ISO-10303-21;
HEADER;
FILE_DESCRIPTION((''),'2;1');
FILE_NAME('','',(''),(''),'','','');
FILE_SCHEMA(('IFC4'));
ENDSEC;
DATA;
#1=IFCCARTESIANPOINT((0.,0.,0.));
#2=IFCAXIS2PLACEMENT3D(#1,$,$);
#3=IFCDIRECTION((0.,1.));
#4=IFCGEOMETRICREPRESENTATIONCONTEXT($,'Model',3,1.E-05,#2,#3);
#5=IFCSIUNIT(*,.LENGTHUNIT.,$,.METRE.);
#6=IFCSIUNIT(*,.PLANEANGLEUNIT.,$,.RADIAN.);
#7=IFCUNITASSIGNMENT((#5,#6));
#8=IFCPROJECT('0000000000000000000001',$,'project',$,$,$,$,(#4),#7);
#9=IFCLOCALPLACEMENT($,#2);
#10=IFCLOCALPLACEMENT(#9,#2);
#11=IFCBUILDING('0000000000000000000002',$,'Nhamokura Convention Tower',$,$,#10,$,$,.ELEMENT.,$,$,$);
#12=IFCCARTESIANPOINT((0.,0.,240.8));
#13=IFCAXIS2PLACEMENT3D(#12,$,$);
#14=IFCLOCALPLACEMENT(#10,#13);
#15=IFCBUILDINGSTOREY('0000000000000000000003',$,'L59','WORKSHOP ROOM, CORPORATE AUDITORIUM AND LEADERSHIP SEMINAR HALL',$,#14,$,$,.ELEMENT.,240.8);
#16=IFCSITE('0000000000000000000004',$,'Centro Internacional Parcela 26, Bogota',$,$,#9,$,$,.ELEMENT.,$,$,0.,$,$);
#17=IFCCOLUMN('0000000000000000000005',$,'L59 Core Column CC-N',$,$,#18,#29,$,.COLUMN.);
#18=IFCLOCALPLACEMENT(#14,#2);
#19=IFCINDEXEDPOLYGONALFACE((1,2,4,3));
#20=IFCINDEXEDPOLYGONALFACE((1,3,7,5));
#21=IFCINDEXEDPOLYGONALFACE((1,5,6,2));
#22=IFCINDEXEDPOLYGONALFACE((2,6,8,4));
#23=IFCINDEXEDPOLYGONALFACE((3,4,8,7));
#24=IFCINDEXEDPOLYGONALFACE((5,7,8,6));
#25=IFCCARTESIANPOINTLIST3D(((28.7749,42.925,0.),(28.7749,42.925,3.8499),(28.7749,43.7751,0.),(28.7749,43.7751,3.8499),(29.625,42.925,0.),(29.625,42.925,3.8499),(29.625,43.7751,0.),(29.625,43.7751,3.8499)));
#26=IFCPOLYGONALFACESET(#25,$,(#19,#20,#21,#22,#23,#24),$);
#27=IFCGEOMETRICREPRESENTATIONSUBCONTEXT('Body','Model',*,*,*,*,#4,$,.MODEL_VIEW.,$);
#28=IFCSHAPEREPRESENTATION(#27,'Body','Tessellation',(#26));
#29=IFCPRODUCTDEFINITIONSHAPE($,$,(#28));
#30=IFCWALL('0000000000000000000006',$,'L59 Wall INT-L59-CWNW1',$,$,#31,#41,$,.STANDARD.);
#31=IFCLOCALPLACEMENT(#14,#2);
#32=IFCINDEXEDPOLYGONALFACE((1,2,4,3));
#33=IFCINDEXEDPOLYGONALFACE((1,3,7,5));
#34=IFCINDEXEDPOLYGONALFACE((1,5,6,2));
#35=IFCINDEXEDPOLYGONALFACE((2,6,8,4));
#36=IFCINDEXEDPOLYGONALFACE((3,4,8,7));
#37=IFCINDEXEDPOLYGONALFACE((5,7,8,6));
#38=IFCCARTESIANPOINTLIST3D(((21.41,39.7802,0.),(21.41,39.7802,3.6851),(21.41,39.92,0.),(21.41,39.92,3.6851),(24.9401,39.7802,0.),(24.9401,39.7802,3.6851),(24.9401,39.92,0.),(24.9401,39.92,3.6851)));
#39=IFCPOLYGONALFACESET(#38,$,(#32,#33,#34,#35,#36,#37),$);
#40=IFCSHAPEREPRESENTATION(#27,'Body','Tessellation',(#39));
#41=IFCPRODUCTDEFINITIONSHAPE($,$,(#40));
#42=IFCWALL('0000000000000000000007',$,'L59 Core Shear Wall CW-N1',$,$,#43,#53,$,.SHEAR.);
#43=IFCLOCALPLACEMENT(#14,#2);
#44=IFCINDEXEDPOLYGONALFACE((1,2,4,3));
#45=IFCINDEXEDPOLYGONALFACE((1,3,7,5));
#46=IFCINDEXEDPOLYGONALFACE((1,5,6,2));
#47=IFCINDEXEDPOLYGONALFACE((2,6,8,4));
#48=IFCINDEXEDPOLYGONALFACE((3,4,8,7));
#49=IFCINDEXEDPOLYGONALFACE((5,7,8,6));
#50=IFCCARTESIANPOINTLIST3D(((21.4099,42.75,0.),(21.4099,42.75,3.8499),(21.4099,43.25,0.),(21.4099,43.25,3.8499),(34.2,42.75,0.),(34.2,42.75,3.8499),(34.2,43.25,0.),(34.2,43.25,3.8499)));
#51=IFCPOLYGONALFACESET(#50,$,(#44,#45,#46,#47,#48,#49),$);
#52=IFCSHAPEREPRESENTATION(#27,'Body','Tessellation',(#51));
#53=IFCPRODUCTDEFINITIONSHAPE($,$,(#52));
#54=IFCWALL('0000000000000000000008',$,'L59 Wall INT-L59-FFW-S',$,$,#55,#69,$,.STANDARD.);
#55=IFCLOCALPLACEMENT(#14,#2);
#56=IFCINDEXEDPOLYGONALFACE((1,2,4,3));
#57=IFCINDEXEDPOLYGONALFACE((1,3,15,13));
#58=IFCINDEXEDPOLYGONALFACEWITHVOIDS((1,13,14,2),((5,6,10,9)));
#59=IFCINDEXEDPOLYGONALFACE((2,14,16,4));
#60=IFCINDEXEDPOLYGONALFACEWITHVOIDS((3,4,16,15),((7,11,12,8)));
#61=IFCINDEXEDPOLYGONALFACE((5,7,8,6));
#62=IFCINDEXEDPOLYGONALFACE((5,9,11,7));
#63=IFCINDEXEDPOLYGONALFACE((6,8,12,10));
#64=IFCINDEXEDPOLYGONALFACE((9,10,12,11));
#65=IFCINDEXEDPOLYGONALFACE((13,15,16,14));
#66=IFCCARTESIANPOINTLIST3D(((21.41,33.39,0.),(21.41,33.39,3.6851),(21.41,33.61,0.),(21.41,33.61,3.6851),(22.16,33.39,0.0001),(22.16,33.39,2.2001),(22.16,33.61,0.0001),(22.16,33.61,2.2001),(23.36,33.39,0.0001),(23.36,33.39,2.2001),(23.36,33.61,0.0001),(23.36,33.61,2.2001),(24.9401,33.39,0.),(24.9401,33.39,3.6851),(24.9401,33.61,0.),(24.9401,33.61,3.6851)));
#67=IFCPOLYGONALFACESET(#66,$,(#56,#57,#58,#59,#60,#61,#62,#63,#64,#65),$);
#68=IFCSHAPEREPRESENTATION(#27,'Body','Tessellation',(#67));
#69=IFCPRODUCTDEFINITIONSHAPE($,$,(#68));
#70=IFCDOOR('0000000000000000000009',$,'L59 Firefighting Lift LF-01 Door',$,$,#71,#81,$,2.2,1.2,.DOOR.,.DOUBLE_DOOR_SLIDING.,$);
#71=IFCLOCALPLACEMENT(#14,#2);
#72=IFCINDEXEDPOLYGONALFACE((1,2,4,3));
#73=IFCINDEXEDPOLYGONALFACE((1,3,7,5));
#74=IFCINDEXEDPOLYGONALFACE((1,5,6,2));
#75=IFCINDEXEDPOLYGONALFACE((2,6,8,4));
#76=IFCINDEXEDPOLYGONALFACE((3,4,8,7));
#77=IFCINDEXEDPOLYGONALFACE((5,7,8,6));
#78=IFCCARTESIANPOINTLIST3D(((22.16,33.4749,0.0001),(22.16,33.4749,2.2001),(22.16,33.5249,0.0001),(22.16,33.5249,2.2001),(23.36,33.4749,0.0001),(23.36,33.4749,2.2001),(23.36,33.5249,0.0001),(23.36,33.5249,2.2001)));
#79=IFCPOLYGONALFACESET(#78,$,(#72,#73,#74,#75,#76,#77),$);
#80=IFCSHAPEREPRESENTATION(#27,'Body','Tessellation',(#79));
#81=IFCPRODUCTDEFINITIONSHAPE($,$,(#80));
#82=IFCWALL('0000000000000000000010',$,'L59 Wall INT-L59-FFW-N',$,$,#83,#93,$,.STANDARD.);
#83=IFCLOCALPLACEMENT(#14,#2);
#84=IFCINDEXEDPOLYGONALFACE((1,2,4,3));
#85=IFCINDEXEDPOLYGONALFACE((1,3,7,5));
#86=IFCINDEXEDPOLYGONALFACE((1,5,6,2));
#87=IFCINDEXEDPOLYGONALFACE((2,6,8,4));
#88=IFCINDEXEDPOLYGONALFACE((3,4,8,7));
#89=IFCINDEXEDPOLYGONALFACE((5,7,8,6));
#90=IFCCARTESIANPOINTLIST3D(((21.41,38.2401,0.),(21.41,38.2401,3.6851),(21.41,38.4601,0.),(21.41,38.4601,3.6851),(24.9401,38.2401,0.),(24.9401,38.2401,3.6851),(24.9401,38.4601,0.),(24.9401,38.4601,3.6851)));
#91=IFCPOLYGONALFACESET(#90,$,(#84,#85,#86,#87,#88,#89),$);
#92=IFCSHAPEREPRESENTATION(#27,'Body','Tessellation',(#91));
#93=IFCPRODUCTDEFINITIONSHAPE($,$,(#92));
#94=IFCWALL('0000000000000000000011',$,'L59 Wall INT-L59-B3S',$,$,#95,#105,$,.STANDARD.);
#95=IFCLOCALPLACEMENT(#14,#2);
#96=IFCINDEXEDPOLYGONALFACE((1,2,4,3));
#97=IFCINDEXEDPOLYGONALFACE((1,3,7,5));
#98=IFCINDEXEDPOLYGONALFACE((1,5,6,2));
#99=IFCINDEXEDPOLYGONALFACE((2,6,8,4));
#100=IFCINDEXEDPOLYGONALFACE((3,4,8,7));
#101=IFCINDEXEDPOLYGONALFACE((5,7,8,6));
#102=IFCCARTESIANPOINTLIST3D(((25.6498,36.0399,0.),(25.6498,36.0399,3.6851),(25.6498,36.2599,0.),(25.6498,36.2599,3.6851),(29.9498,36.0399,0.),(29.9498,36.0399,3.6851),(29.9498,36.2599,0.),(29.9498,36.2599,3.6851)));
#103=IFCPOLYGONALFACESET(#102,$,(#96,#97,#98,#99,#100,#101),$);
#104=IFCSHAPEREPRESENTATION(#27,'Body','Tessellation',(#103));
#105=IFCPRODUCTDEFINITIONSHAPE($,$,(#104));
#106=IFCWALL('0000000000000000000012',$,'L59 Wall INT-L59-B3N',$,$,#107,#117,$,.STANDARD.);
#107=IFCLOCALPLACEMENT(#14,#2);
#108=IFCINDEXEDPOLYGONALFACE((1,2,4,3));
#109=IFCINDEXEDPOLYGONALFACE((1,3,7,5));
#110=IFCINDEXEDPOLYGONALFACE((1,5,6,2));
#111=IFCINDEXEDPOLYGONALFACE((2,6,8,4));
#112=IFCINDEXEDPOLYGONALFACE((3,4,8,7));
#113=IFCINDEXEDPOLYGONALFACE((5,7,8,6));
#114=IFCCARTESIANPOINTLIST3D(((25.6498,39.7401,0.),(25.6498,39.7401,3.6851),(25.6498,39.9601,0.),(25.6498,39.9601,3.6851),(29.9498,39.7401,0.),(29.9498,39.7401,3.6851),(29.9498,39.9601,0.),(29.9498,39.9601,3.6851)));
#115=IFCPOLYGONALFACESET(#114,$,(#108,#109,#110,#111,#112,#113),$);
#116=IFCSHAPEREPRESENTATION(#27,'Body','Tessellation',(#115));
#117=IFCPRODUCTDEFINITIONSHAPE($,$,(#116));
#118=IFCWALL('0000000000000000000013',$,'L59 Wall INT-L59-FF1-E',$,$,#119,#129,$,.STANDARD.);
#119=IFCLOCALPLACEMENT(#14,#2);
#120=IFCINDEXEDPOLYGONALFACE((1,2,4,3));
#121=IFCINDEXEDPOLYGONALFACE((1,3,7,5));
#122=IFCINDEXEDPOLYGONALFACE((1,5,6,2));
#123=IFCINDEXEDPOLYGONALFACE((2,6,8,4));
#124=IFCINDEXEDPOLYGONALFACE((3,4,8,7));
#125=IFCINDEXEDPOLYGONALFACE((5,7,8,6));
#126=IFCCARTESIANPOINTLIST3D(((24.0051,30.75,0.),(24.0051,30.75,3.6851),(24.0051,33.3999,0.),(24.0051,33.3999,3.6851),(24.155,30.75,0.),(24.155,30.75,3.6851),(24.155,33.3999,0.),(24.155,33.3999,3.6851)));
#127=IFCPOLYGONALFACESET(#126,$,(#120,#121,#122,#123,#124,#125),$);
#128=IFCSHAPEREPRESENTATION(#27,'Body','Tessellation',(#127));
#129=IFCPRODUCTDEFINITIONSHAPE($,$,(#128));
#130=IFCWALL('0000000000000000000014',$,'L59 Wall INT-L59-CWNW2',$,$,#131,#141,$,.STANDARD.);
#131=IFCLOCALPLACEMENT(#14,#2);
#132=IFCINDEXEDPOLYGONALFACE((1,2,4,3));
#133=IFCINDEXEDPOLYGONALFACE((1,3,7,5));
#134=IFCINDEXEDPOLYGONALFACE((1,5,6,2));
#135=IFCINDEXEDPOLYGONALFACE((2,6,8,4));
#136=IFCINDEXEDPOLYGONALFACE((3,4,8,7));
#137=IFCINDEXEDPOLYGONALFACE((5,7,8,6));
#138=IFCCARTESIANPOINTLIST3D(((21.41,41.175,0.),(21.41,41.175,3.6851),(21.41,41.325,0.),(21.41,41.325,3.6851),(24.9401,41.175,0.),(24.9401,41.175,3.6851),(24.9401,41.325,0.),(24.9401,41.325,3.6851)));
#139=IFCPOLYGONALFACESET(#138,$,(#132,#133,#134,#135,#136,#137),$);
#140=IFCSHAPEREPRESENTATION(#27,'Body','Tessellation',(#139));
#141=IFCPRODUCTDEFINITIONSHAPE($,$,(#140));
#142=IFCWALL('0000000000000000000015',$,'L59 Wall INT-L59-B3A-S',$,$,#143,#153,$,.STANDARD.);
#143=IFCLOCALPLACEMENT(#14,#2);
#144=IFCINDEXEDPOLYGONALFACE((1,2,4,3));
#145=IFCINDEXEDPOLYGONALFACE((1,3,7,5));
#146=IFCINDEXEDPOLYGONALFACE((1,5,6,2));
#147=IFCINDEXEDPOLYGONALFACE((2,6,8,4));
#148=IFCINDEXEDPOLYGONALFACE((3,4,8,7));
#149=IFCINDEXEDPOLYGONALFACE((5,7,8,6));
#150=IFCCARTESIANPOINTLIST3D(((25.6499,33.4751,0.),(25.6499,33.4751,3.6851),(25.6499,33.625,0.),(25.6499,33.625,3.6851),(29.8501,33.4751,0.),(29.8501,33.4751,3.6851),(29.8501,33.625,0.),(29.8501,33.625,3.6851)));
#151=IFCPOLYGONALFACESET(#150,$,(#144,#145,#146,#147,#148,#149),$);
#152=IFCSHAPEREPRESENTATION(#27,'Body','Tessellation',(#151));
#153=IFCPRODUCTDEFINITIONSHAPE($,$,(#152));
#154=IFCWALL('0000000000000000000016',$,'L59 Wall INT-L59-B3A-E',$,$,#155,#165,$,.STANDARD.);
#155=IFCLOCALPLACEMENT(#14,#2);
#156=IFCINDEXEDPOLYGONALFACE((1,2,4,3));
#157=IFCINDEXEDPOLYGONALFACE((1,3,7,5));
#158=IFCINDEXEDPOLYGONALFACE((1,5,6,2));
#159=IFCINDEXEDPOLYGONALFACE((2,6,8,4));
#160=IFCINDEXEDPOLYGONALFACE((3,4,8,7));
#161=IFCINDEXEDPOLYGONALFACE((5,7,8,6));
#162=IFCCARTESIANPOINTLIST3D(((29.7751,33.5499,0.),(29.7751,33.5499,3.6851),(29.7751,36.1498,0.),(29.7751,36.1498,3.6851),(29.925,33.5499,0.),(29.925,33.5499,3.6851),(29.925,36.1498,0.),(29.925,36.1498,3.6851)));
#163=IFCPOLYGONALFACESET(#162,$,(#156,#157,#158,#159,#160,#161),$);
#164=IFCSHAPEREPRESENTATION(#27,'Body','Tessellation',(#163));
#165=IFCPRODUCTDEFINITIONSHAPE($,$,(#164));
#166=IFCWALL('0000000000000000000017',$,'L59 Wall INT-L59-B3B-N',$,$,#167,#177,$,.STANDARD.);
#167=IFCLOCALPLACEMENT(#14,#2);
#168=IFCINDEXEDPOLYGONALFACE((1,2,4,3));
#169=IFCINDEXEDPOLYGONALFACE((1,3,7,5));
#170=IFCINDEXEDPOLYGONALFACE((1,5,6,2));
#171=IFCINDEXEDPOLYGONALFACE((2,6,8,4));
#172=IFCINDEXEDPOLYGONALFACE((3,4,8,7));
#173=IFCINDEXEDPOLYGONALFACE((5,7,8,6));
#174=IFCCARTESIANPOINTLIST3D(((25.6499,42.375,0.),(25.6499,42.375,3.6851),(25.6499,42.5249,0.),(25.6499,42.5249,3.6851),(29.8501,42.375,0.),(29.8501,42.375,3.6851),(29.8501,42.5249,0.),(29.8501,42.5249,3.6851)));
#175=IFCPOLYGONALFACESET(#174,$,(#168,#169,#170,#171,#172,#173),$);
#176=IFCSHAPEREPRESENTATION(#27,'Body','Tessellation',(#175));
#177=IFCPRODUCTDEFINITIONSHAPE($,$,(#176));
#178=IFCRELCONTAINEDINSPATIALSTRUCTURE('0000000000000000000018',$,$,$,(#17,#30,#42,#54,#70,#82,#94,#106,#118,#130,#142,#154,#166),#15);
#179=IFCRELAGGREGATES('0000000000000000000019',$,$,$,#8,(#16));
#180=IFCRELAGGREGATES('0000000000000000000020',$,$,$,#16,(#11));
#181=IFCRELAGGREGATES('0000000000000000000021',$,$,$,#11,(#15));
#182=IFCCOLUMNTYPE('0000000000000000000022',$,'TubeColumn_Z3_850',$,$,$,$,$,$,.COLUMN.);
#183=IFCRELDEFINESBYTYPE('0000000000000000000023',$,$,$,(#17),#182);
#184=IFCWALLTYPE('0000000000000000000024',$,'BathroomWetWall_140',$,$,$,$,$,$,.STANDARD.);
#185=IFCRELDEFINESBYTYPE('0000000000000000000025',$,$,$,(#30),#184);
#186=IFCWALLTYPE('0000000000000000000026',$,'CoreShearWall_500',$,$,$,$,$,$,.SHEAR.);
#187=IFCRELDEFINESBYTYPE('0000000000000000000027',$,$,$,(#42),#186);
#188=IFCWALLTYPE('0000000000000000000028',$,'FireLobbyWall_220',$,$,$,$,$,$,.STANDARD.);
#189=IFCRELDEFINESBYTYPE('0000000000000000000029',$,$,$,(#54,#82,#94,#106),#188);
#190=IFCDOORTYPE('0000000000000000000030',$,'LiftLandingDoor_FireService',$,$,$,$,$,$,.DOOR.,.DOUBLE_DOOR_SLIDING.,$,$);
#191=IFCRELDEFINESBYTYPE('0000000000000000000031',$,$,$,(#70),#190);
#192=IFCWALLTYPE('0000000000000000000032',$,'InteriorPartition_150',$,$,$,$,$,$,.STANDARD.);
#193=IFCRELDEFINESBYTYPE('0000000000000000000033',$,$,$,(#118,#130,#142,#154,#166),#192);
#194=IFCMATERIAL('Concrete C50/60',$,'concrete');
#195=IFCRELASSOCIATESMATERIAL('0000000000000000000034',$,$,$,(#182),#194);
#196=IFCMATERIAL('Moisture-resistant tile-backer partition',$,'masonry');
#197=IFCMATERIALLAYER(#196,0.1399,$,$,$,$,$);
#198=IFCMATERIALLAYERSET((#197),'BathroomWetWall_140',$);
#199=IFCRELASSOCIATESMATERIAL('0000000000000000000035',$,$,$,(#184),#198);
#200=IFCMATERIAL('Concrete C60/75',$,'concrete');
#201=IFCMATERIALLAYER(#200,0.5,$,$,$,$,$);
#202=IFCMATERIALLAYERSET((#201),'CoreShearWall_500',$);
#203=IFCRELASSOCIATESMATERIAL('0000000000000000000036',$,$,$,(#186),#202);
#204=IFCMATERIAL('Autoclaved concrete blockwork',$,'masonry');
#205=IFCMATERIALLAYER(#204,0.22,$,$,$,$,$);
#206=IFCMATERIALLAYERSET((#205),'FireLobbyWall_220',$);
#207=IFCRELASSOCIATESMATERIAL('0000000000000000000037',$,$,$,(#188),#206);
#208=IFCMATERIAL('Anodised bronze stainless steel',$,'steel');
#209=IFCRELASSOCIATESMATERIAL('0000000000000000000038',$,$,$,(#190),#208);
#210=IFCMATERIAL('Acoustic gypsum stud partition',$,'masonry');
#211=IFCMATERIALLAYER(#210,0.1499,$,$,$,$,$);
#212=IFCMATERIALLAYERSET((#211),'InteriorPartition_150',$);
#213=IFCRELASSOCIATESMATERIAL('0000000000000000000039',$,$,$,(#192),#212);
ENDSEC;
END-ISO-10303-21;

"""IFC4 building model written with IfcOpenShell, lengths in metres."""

from ifc_helpers import new_model, si_unit, direction, frame, frame_2d, origin, origin_2d, place, context, subcontext, project, spatial, rectangle, extrude, material, layer, layer_set, material_profile, profile_set, type_object, element, fill, save


model = new_model("IFC4")

# Units and contexts
model_context = context("Model", 3, precision=1e-05, world=origin(), true_north=direction((0.0, 1.0)))
body_context = subcontext(model_context, "Body", "Model", "MODEL_VIEW")
ifc_project = project(units=[si_unit("LENGTHUNIT", "METRE"), si_unit("PLANEANGLEUNIT", "RADIAN")], contexts=[model_context])

# Site, building, storey
site_placement = place(None, origin())
site = spatial("IfcSite", under=ifc_project, at=site_placement, Name="Centro Internacional Parcela 26, Bogota", CompositionType="ELEMENT", RefElevation=0.0)
building_placement = place(site_placement, origin())
building = spatial("IfcBuilding", under=site, at=building_placement, Name="Nhamokura Convention Tower", CompositionType="ELEMENT")
storey_placement = place(building_placement, frame((0.0, 0.0, 240.8)))
storey = spatial("IfcBuildingStorey", under=building, at=storey_placement, Name="L59", Description="WORKSHOP ROOM, CORPORATE AUDITORIUM AND LEADERSHIP SEMINAR HALL", CompositionType="ELEMENT", Elevation=240.8)

# Column
ifc_material_1 = material(Name="Concrete C50/60", Category="concrete")
ifc_material_profile = material_profile(ifc_material_1, rectangle(XDim=0.8501, YDim=0.8501, at=origin_2d()))
ifc_profile_set = profile_set([ifc_material_profile], Name="Concrete C50/60")
column_type = type_object("IfcColumnType", Name="TubeColumn_Z3_850", PredefinedType="COLUMN", material=ifc_profile_set)
column_placement = place(storey_placement, frame((29.2, 43.3501, 0.0), z_axis=(0.0, 0.0, 1.0), x_axis=(1.0, 0.0, 0.0)))
element("IfcColumn", 1, at=column_placement, inside=storey, type_object=column_type, Name="L59 Core Column CC-N", PredefinedType="COLUMN", context=body_context, shape_type="SweptSolid", body=[
    extrude(rectangle(XDim=0.8501, YDim=0.8501, at=origin_2d()), origin(), (0.0, 0.0, 1.0), 3.8499),
])

# Walls
ifc_material_2 = material(Name="Moisture-resistant tile-backer partition", Category="masonry")
ifc_layer_1 = layer(ifc_material_2, 0.1399)
ifc_layer_set_1 = layer_set([ifc_layer_1], Name="BathroomWetWall_140")
wall_type_1 = type_object("IfcWallType", Name="BathroomWetWall_140", PredefinedType="STANDARD", material=ifc_layer_set_1)
wall_1_placement = place(storey_placement, frame((21.4099, 39.8501, 0.0), z_axis=(0.0, 0.0, 1.0), x_axis=(1.0, 0.0, 0.0)))
element("IfcWall", 2, at=wall_1_placement, inside=storey, type_object=wall_type_1, Name="L59 Wall INT-L59-CWNW1", PredefinedType="STANDARD", context=body_context, shape_type="SweptSolid", body=[
    extrude(rectangle(XDim=3.53, YDim=0.1399, at=frame_2d((1.7651, 0.0))), origin(), (0.0, 0.0, 1.0), 3.6851),
])
ifc_material_3 = material(Name="Concrete C60/75", Category="concrete")
ifc_layer_2 = layer(ifc_material_3, 0.5)
ifc_layer_set_2 = layer_set([ifc_layer_2], Name="CoreShearWall_500")
wall_type_2 = type_object("IfcWallType", Name="CoreShearWall_500", PredefinedType="SHEAR", material=ifc_layer_set_2)
wall_2_placement = place(storey_placement, frame((21.4099, 43.0, 0.0), z_axis=(0.0, 0.0, 1.0), x_axis=(1.0, 0.0, 0.0)))
element("IfcWall", 3, at=wall_2_placement, inside=storey, type_object=wall_type_2, Name="L59 Core Shear Wall CW-N1", PredefinedType="SHEAR", context=body_context, shape_type="SweptSolid", body=[
    extrude(rectangle(XDim=12.79, YDim=0.5, at=frame_2d((6.395, 0.0))), origin(), (0.0, 0.0, 1.0), 3.8499),
])

# Wall, opening, door
ifc_material_4 = material(Name="Autoclaved concrete blockwork", Category="masonry")
ifc_layer_3 = layer(ifc_material_4, 0.22)
ifc_layer_set_3 = layer_set([ifc_layer_3], Name="FireLobbyWall_220")
wall_type_3 = type_object("IfcWallType", Name="FireLobbyWall_220", PredefinedType="STANDARD", material=ifc_layer_set_3)
wall_3_placement = place(storey_placement, frame((21.4099, 33.5, 0.0), z_axis=(0.0, 0.0, 1.0), x_axis=(1.0, 0.0, 0.0)))
wall_3 = element("IfcWall", 4, at=wall_3_placement, inside=storey, type_object=wall_type_3, Name="L59 Wall INT-L59-FFW-S", PredefinedType="STANDARD", context=body_context, shape_type="SweptSolid", body=[
    extrude(rectangle(XDim=3.53, YDim=0.22, at=frame_2d((1.7651, 0.0))), origin(), (0.0, 0.0, 1.0), 3.6851),
])
opening_1_placement = place(wall_3_placement, frame((0.75, 0.0, 0.0)))
opening_1 = element("IfcOpeningElement", 5, at=opening_1_placement, cuts=wall_3, PredefinedType="OPENING", context=body_context, shape_type="SweptSolid", body=[
    extrude(rectangle(XDim=1.2, YDim=2.2, at=frame_2d((0.6001, 1.1001))), frame((0.0, 0.1199, 0.0), z_axis=(0.0, -1.0, 0.0), x_axis=(1.0, 0.0, 0.0)), (0.0, 0.0, 1.0), 0.24),
])
ifc_material_5 = material(Name="Anodised bronze stainless steel", Category="steel")
door_type_1 = type_object("IfcDoorType", Name="LiftLandingDoor_FireService", OperationType="DOUBLE_DOOR_SLIDING", PredefinedType="DOOR", material=ifc_material_5)
door_1_placement = place(opening_1_placement, origin())
door_1 = element("IfcDoor", 6, at=door_1_placement, inside=storey, type_object=door_type_1, Name="L59 Firefighting Lift LF-01 Door", OperationType="DOUBLE_DOOR_SLIDING", OverallHeight=2.2, OverallWidth=1.2, PredefinedType="DOOR", context=body_context, shape_type="SweptSolid", body=[
    extrude(rectangle(XDim=1.2, YDim=2.2, at=frame_2d((0.6001, 1.1001))), frame((0.0, 0.0249, 0.0), z_axis=(0.0, -1.0, 0.0), x_axis=(1.0, 0.0, 0.0)), (0.0, 0.0, 1.0), 0.05),
])
fill(opening_1, door_1)

# Walls
wall_4_placement = place(storey_placement, frame((21.4099, 38.3501, 0.0), z_axis=(0.0, 0.0, 1.0), x_axis=(1.0, 0.0, 0.0)))
element("IfcWall", 7, at=wall_4_placement, inside=storey, type_object=wall_type_3, Name="L59 Wall INT-L59-FFW-N", PredefinedType="STANDARD", context=body_context, shape_type="SweptSolid", body=[
    extrude(rectangle(XDim=3.53, YDim=0.22, at=frame_2d((1.7651, 0.0))), origin(), (0.0, 0.0, 1.0), 3.6851),
])
for number, where, z_axis, x_axis, name in (
    (8, (25.6499, 36.1499, 0.0), (0.0, 0.0, 1.0), (1.0, 0.0, 0.0), "L59 Wall INT-L59-B3S"),
    (9, (25.6499, 39.8501, 0.0), (0.0, 0.0, 1.0), (1.0, 0.0, 0.0), "L59 Wall INT-L59-B3N"),
):
    element("IfcWall", number, at=place(storey_placement, frame(where, z_axis=z_axis, x_axis=x_axis)), inside=storey, type_object=wall_type_3, Name=name, PredefinedType="STANDARD", context=body_context, shape_type="SweptSolid", body=[
        extrude(rectangle(XDim=4.3, YDim=0.22, at=frame_2d((2.1499, 0.0))), origin(), (0.0, 0.0, 1.0), 3.6851),
    ])
ifc_material_6 = material(Name="Acoustic gypsum stud partition", Category="masonry")
ifc_layer_4 = layer(ifc_material_6, 0.1499)
ifc_layer_set_4 = layer_set([ifc_layer_4], Name="InteriorPartition_150")
wall_type_4 = type_object("IfcWallType", Name="InteriorPartition_150", PredefinedType="STANDARD", material=ifc_layer_set_4)
wall_5_placement = place(storey_placement, frame((24.0801, 30.75, 0.0), z_axis=(0.0, 0.0, 1.0), x_axis=(0.0, 1.0, 0.0)))
element("IfcWall", 10, at=wall_5_placement, inside=storey, type_object=wall_type_4, Name="L59 Wall INT-L59-FF1-E", PredefinedType="STANDARD", context=body_context, shape_type="SweptSolid", body=[
    extrude(rectangle(XDim=2.6499, YDim=0.1499, at=frame_2d((1.325, 0.0))), origin(), (0.0, 0.0, 1.0), 3.6851),
])
wall_6_placement = place(storey_placement, frame((21.4099, 41.25, 0.0), z_axis=(0.0, 0.0, 1.0), x_axis=(1.0, 0.0, 0.0)))
element("IfcWall", 11, at=wall_6_placement, inside=storey, type_object=wall_type_4, Name="L59 Wall INT-L59-CWNW2", PredefinedType="STANDARD", context=body_context, shape_type="SweptSolid", body=[
    extrude(rectangle(XDim=3.53, YDim=0.1499, at=frame_2d((1.7651, 0.0))), origin(), (0.0, 0.0, 1.0), 3.6851),
])
wall_7_placement = place(storey_placement, frame((25.6499, 33.55, 0.0), z_axis=(0.0, 0.0, 1.0), x_axis=(1.0, 0.0, 0.0)))
element("IfcWall", 12, at=wall_7_placement, inside=storey, type_object=wall_type_4, Name="L59 Wall INT-L59-B3A-S", PredefinedType="STANDARD", context=body_context, shape_type="SweptSolid", body=[
    extrude(rectangle(XDim=4.2002, YDim=0.1499, at=frame_2d((2.1001, 0.0))), origin(), (0.0, 0.0, 1.0), 3.6851),
])
wall_8_placement = place(storey_placement, frame((29.8501, 33.55, 0.0), z_axis=(0.0, 0.0, 1.0), x_axis=(0.0, 1.0, 0.0)))
element("IfcWall", 13, at=wall_8_placement, inside=storey, type_object=wall_type_4, Name="L59 Wall INT-L59-B3A-E", PredefinedType="STANDARD", context=body_context, shape_type="SweptSolid", body=[
    extrude(rectangle(XDim=2.5999, YDim=0.1499, at=frame_2d((1.2998, 0.0))), origin(), (0.0, 0.0, 1.0), 3.6851),
])
wall_9_placement = place(storey_placement, frame((25.6499, 42.45, 0.0), z_axis=(0.0, 0.0, 1.0), x_axis=(1.0, 0.0, 0.0)))
element("IfcWall", 14, at=wall_9_placement, inside=storey, type_object=wall_type_4, Name="L59 Wall INT-L59-B3B-N", PredefinedType="STANDARD", context=body_context, shape_type="SweptSolid", body=[
    extrude(rectangle(XDim=4.2002, YDim=0.1499, at=frame_2d((2.1001, 0.0))), origin(), (0.0, 0.0, 1.0), 3.6851),
])

save(model, "model.ifc")
